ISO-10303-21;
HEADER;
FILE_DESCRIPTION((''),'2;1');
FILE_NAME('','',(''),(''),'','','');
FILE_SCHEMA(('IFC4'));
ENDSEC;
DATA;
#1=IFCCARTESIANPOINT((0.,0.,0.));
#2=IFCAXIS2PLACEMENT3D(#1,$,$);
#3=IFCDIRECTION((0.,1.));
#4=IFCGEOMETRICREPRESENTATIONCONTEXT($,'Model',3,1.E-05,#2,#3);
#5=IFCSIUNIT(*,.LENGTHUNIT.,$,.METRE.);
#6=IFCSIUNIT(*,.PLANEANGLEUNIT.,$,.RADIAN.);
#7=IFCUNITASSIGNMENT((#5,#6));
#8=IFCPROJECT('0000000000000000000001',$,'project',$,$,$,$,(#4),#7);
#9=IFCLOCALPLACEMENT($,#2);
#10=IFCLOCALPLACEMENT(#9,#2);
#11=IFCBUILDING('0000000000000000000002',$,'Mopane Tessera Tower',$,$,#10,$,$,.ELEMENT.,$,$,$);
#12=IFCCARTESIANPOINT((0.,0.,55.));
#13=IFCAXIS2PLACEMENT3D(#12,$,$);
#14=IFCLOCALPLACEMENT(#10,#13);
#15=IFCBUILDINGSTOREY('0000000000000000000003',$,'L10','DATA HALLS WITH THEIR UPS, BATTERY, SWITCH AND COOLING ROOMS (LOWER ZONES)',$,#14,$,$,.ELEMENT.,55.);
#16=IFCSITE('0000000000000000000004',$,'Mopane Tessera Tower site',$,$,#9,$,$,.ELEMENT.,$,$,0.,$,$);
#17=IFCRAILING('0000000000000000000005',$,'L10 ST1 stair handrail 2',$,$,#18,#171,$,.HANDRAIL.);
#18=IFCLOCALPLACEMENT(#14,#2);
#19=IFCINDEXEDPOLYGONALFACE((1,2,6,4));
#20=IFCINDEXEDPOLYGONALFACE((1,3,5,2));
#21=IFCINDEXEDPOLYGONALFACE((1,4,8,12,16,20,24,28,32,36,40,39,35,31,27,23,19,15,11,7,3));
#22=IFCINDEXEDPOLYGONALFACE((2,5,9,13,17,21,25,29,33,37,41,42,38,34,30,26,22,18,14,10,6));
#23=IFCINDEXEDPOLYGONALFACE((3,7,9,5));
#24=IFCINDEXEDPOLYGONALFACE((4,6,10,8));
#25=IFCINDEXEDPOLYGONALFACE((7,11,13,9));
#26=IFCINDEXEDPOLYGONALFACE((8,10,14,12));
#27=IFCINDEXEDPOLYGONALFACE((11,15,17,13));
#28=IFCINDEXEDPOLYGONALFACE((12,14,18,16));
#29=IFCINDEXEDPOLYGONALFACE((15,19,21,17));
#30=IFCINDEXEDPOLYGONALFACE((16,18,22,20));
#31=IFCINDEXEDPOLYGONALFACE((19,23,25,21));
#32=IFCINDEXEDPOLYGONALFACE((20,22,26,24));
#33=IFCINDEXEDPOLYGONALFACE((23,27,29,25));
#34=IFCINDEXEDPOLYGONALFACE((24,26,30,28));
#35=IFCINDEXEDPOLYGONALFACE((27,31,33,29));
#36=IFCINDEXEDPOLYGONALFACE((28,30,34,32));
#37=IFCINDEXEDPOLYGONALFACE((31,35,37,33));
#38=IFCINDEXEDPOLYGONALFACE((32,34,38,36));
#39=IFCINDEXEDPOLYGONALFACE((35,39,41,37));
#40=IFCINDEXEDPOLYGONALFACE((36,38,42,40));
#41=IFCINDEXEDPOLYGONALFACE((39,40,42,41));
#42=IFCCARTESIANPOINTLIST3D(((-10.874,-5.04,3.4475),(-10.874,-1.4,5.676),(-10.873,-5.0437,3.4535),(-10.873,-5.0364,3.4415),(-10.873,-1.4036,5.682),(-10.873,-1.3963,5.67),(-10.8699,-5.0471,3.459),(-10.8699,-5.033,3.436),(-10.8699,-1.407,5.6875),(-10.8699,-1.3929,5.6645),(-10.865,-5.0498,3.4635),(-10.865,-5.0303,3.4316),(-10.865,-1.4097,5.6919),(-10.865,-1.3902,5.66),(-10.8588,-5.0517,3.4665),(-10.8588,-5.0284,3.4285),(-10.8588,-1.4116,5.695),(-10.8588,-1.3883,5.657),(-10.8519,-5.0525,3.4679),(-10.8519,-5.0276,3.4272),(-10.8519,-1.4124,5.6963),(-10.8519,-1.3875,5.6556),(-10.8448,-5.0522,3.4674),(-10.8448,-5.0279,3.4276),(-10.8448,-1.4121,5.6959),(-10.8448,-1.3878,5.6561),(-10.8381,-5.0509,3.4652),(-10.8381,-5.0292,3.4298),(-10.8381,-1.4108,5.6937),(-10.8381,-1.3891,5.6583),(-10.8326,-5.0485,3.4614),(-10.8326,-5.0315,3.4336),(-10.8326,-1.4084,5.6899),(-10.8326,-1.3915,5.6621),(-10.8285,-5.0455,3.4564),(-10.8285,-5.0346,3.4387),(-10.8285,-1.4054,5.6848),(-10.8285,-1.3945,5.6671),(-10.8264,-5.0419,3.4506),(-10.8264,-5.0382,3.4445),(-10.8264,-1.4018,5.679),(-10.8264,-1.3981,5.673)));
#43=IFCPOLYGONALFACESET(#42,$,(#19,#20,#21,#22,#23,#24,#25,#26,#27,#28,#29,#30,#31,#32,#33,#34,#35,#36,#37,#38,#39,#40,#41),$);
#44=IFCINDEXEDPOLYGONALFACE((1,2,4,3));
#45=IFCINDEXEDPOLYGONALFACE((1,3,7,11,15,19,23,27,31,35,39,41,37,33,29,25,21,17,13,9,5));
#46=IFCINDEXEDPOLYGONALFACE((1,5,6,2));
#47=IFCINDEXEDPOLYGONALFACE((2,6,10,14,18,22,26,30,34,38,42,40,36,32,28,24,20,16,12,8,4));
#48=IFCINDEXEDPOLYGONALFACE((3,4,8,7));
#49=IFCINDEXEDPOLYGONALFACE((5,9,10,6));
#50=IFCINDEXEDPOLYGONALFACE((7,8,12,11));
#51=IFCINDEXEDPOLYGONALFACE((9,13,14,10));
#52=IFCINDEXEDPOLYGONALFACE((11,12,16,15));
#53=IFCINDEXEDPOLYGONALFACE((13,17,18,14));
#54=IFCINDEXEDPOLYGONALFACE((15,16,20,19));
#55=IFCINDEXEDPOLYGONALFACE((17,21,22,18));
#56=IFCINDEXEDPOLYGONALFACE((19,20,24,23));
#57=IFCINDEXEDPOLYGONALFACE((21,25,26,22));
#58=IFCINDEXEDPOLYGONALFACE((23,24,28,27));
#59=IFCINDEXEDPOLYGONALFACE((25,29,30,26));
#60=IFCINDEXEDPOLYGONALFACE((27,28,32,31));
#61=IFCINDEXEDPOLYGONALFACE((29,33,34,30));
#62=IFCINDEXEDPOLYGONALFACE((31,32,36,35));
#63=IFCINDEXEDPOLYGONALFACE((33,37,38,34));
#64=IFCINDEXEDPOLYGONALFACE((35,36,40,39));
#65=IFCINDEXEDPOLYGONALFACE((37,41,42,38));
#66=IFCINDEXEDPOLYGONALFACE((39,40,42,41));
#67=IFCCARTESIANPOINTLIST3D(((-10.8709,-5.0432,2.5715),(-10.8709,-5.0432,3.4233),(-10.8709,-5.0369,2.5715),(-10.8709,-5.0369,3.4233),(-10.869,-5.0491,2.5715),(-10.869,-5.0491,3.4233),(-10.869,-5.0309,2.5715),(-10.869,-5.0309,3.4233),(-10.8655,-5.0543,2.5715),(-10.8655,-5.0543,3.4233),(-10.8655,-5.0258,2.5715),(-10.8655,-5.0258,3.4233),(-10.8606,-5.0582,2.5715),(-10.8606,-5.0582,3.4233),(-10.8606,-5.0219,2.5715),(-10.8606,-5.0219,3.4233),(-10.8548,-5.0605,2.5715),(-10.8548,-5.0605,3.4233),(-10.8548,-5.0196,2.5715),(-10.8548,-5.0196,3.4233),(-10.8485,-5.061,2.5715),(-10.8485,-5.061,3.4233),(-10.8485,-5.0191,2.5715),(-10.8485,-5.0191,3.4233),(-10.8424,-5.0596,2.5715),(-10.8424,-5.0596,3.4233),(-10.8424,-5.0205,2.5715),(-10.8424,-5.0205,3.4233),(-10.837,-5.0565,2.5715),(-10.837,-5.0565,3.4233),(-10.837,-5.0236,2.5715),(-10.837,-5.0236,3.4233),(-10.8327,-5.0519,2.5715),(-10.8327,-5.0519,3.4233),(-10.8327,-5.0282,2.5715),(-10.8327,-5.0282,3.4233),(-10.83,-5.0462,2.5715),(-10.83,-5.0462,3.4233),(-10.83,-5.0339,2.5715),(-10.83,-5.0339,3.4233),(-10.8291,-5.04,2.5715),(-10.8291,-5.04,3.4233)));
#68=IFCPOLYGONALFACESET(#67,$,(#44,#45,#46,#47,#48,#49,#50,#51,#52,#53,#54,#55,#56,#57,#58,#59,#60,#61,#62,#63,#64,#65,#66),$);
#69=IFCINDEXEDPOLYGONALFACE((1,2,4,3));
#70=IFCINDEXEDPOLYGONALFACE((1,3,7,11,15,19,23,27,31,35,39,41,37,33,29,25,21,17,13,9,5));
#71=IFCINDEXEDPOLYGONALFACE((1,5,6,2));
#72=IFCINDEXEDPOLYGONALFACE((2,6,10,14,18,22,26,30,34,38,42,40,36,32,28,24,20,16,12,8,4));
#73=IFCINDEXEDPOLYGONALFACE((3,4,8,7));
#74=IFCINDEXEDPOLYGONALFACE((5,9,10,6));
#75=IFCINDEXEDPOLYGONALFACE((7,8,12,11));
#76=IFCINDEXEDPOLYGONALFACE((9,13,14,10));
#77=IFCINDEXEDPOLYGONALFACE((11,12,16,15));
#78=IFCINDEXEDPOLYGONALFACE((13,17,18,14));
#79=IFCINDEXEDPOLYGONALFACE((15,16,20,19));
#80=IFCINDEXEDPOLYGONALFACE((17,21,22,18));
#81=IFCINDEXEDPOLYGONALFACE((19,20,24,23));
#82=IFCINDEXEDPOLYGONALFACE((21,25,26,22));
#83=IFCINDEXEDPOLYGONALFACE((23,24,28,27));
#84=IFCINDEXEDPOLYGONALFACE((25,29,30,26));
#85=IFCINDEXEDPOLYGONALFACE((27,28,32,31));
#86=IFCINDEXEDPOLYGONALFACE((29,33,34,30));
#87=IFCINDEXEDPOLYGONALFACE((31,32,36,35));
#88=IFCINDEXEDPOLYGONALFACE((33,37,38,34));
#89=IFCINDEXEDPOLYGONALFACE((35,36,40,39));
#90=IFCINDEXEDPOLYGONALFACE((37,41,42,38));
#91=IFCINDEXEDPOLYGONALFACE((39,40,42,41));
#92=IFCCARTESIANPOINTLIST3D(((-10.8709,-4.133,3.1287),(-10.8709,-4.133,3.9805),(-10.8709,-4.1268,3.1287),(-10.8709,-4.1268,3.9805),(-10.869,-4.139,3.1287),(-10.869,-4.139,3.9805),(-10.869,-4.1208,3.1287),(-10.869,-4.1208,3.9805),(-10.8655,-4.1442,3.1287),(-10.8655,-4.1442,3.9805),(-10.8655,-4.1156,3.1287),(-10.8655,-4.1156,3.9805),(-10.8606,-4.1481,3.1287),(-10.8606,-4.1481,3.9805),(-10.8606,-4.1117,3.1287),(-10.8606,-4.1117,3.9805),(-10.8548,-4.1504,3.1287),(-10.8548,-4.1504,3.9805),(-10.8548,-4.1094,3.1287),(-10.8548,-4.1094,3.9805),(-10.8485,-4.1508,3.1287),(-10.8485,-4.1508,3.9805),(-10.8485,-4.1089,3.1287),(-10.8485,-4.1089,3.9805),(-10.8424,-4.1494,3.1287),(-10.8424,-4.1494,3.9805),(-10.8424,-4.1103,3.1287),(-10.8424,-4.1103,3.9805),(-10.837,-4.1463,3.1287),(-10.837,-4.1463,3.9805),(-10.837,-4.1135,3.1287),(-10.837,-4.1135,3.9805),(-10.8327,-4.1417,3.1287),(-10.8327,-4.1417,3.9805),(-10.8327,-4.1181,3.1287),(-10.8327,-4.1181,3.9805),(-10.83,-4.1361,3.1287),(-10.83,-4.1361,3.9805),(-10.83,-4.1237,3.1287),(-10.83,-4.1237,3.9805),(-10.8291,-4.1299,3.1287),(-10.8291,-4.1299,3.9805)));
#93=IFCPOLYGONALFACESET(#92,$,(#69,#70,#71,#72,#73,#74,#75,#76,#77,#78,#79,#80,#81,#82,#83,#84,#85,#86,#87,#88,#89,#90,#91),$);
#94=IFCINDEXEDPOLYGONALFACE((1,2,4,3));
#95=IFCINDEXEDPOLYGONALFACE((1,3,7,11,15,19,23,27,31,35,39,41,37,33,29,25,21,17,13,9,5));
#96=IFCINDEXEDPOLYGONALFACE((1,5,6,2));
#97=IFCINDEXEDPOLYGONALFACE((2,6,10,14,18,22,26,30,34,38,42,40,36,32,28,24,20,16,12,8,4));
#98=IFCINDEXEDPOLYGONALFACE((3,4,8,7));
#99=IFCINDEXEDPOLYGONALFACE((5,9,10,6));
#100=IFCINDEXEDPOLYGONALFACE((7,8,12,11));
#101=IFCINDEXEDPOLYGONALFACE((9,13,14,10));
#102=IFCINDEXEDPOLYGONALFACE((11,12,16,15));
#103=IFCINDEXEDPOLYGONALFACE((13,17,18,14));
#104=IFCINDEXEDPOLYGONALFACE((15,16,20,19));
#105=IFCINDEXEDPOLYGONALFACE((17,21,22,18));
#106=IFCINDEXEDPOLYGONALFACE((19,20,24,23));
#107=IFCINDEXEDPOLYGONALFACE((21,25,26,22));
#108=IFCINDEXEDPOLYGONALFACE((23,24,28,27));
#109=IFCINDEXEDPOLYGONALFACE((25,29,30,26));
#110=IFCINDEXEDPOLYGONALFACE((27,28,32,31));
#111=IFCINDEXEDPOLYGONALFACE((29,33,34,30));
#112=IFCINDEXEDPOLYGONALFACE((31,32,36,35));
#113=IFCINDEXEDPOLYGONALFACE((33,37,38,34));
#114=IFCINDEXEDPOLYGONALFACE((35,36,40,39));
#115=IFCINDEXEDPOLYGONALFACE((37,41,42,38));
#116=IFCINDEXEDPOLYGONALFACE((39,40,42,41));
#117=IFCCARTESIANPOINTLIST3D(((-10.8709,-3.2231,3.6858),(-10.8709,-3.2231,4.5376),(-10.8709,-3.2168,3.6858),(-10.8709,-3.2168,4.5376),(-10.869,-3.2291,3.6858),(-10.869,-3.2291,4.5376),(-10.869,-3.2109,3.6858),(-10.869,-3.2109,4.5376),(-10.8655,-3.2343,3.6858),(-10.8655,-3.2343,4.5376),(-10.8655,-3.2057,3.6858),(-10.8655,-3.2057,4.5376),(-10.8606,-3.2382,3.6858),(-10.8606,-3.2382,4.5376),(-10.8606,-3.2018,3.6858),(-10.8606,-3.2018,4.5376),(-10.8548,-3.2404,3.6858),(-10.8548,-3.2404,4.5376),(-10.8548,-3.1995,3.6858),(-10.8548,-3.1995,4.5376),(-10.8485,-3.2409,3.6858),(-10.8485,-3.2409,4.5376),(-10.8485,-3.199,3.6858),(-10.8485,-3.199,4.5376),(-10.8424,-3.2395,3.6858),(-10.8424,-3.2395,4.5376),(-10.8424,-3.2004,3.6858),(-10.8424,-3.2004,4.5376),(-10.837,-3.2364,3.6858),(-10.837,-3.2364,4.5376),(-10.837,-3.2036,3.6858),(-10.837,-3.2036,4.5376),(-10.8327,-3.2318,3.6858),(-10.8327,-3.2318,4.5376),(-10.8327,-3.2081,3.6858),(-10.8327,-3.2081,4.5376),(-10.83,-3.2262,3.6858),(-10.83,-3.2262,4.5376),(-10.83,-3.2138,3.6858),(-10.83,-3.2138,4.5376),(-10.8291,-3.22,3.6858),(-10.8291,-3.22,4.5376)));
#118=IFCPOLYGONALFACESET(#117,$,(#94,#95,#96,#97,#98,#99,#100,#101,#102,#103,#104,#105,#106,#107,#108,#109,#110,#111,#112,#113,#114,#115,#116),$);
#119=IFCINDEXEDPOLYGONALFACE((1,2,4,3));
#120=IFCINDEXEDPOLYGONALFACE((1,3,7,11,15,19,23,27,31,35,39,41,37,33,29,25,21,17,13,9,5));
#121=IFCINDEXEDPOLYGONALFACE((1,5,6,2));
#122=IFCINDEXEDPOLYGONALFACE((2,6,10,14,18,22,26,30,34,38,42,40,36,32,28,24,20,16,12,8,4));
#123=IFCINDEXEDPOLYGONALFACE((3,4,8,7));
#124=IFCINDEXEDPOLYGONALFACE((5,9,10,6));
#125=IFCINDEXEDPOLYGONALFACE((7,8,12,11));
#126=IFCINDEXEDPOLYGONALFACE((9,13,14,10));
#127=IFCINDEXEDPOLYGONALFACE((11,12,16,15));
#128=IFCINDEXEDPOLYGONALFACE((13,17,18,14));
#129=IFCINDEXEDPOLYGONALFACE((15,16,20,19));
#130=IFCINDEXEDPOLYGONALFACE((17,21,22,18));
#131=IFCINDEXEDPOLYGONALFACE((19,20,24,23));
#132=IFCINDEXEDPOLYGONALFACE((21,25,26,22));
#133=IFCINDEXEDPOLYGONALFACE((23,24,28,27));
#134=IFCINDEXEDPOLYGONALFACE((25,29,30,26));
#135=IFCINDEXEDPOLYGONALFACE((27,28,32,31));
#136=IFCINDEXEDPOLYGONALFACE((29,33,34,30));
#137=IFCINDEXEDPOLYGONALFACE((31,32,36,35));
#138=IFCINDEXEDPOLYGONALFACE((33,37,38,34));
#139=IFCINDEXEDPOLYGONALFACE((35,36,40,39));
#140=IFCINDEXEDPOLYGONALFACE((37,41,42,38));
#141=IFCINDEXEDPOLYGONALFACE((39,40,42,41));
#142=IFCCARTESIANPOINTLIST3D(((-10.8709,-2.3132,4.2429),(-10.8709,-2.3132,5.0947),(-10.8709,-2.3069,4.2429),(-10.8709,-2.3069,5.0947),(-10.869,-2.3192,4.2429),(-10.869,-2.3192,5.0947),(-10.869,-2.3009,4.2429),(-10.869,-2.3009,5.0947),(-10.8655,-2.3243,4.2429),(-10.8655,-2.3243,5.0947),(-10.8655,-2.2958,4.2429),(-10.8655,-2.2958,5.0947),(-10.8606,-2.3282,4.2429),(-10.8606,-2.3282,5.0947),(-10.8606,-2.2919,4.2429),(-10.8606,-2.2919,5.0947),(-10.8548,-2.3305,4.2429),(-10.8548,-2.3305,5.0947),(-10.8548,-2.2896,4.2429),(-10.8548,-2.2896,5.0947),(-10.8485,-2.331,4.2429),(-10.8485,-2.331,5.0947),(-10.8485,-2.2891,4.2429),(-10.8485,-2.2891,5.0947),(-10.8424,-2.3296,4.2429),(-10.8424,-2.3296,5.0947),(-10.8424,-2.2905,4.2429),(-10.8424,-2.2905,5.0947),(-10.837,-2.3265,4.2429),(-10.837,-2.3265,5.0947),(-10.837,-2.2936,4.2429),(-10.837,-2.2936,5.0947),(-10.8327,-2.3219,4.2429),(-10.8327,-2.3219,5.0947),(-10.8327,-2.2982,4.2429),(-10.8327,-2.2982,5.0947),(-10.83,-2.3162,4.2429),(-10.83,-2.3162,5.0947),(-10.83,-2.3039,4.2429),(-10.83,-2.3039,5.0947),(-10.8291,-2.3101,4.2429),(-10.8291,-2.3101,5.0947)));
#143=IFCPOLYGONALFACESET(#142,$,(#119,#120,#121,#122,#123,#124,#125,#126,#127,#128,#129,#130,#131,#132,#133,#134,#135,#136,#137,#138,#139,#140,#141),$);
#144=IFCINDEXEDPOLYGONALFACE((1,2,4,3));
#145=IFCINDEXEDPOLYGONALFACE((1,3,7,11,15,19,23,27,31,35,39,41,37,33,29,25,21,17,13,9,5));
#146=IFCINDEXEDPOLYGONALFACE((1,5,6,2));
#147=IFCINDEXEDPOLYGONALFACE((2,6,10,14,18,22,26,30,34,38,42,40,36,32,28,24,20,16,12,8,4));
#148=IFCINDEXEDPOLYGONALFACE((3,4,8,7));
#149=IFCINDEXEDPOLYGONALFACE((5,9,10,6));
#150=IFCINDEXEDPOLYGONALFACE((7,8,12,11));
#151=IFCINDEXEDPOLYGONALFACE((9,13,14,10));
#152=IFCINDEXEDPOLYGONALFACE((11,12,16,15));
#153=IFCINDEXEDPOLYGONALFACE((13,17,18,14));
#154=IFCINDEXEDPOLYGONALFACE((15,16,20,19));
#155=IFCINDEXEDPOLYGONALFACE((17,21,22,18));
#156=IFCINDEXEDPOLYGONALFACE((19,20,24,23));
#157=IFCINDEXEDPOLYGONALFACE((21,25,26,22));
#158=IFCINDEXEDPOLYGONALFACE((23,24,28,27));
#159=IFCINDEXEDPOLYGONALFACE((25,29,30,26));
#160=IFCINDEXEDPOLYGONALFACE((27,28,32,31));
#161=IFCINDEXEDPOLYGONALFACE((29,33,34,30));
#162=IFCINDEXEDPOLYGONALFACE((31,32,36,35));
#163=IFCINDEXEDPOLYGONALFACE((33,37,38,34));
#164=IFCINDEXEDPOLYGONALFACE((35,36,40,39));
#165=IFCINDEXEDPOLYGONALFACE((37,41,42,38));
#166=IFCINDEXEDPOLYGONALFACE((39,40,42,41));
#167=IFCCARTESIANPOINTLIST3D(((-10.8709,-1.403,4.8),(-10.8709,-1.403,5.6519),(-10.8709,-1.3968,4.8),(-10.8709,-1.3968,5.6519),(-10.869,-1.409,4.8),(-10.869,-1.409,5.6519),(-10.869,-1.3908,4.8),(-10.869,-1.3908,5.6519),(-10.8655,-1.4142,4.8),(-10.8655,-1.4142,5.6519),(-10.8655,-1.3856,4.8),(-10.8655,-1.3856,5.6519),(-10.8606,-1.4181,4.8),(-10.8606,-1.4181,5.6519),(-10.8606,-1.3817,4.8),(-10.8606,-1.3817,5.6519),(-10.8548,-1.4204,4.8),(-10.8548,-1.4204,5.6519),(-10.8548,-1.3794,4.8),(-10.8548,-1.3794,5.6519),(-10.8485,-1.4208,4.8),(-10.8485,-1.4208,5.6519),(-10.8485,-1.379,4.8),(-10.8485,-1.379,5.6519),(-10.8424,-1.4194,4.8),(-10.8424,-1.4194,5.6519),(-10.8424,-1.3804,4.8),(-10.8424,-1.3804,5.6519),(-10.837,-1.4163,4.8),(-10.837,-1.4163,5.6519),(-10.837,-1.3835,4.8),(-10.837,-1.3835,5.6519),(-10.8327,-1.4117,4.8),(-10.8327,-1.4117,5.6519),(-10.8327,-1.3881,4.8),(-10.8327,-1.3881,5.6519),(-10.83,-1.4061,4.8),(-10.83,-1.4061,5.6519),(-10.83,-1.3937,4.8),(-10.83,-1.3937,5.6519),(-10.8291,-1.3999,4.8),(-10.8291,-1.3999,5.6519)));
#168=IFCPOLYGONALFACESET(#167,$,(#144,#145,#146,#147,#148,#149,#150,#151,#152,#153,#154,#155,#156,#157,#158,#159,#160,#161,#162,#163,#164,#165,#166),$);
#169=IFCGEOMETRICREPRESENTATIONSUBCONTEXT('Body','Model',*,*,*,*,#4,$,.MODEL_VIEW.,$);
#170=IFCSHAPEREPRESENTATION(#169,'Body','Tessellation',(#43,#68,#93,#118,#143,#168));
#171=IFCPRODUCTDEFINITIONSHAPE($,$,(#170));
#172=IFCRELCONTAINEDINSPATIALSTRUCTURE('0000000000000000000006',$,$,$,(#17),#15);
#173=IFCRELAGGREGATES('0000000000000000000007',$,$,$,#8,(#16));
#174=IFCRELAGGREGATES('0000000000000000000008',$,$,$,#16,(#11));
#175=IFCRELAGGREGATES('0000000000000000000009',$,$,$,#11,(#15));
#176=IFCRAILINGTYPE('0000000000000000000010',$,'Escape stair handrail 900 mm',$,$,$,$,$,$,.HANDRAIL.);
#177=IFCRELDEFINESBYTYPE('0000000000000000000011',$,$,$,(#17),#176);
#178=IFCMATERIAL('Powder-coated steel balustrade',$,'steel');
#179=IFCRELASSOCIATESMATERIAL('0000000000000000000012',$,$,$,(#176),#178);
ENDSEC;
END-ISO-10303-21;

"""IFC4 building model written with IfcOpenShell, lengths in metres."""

from ifc_helpers import new_model, si_unit, direction, frame, origin, origin_2d, place, context, subcontext, project, spatial, circle, extrude, material, type_object, element, save


model = new_model("IFC4")

# Units and contexts
model_context = context("Model", 3, precision=1e-05, world=origin(), true_north=direction((0.0, 1.0)))
body_context = subcontext(model_context, "Body", "Model", "MODEL_VIEW")
ifc_project = project(units=[si_unit("LENGTHUNIT", "METRE"), si_unit("PLANEANGLEUNIT", "RADIAN")], contexts=[model_context])

# Site, building, storey
site_placement = place(None, origin())
site = spatial("IfcSite", under=ifc_project, at=site_placement, Name="Mopane Tessera Tower site", CompositionType="ELEMENT", RefElevation=0.0)
building_placement = place(site_placement, origin())
building = spatial("IfcBuilding", under=site, at=building_placement, Name="Mopane Tessera Tower", CompositionType="ELEMENT")
storey_placement = place(building_placement, frame((0.0, 0.0, 55.0)))
storey = spatial("IfcBuildingStorey", under=building, at=storey_placement, Name="L10", Description="DATA HALLS WITH THEIR UPS, BATTERY, SWITCH AND COOLING ROOMS (LOWER ZONES)", CompositionType="ELEMENT", Elevation=55.0)

# Railing
ifc_material_1 = material(Name="Powder-coated steel balustrade", Category="steel")
railing_type_1 = type_object("IfcRailingType", Name="Escape stair handrail 900 mm", PredefinedType="HANDRAIL", material=ifc_material_1)
railing_1_placement = place(storey_placement, frame((-10.8501, -5.04, 2.5715)))
element("IfcRailing", 1, at=railing_1_placement, inside=storey, type_object=railing_type_1, Name="L10 ST1 stair handrail 2", PredefinedType="HANDRAIL", context=body_context, shape_type="SweptSolid", body=[
    extrude(circle(Radius=0.0239, at=origin_2d()), frame((0.0, 0.0, 0.876), z_axis=(0.0, 0.852866, 0.52213), x_axis=(-1.0, 0.0, 0.0)), (0.0, 0.0, 1.0), 4.2681),
    extrude(circle(Radius=0.021, at=origin_2d()), origin(), (0.0, 0.0, 1.0), 0.8518),
    extrude(circle(Radius=0.021, at=origin_2d()), frame((0.0, 0.9102, 0.5571)), (0.0, 0.0, 1.0), 0.8518),
    extrude(circle(Radius=0.021, at=origin_2d()), frame((0.0, 1.8201, 1.1143)), (0.0, 0.0, 1.0), 0.8518),
    extrude(circle(Radius=0.021, at=origin_2d()), frame((0.0, 2.73, 1.6714)), (0.0, 0.0, 1.0), 0.8518),
    extrude(circle(Radius=0.021, at=origin_2d()), frame((0.0, 3.6401, 2.2285)), (0.0, 0.0, 1.0), 0.8518),
])

save(model, "model.ifc")
